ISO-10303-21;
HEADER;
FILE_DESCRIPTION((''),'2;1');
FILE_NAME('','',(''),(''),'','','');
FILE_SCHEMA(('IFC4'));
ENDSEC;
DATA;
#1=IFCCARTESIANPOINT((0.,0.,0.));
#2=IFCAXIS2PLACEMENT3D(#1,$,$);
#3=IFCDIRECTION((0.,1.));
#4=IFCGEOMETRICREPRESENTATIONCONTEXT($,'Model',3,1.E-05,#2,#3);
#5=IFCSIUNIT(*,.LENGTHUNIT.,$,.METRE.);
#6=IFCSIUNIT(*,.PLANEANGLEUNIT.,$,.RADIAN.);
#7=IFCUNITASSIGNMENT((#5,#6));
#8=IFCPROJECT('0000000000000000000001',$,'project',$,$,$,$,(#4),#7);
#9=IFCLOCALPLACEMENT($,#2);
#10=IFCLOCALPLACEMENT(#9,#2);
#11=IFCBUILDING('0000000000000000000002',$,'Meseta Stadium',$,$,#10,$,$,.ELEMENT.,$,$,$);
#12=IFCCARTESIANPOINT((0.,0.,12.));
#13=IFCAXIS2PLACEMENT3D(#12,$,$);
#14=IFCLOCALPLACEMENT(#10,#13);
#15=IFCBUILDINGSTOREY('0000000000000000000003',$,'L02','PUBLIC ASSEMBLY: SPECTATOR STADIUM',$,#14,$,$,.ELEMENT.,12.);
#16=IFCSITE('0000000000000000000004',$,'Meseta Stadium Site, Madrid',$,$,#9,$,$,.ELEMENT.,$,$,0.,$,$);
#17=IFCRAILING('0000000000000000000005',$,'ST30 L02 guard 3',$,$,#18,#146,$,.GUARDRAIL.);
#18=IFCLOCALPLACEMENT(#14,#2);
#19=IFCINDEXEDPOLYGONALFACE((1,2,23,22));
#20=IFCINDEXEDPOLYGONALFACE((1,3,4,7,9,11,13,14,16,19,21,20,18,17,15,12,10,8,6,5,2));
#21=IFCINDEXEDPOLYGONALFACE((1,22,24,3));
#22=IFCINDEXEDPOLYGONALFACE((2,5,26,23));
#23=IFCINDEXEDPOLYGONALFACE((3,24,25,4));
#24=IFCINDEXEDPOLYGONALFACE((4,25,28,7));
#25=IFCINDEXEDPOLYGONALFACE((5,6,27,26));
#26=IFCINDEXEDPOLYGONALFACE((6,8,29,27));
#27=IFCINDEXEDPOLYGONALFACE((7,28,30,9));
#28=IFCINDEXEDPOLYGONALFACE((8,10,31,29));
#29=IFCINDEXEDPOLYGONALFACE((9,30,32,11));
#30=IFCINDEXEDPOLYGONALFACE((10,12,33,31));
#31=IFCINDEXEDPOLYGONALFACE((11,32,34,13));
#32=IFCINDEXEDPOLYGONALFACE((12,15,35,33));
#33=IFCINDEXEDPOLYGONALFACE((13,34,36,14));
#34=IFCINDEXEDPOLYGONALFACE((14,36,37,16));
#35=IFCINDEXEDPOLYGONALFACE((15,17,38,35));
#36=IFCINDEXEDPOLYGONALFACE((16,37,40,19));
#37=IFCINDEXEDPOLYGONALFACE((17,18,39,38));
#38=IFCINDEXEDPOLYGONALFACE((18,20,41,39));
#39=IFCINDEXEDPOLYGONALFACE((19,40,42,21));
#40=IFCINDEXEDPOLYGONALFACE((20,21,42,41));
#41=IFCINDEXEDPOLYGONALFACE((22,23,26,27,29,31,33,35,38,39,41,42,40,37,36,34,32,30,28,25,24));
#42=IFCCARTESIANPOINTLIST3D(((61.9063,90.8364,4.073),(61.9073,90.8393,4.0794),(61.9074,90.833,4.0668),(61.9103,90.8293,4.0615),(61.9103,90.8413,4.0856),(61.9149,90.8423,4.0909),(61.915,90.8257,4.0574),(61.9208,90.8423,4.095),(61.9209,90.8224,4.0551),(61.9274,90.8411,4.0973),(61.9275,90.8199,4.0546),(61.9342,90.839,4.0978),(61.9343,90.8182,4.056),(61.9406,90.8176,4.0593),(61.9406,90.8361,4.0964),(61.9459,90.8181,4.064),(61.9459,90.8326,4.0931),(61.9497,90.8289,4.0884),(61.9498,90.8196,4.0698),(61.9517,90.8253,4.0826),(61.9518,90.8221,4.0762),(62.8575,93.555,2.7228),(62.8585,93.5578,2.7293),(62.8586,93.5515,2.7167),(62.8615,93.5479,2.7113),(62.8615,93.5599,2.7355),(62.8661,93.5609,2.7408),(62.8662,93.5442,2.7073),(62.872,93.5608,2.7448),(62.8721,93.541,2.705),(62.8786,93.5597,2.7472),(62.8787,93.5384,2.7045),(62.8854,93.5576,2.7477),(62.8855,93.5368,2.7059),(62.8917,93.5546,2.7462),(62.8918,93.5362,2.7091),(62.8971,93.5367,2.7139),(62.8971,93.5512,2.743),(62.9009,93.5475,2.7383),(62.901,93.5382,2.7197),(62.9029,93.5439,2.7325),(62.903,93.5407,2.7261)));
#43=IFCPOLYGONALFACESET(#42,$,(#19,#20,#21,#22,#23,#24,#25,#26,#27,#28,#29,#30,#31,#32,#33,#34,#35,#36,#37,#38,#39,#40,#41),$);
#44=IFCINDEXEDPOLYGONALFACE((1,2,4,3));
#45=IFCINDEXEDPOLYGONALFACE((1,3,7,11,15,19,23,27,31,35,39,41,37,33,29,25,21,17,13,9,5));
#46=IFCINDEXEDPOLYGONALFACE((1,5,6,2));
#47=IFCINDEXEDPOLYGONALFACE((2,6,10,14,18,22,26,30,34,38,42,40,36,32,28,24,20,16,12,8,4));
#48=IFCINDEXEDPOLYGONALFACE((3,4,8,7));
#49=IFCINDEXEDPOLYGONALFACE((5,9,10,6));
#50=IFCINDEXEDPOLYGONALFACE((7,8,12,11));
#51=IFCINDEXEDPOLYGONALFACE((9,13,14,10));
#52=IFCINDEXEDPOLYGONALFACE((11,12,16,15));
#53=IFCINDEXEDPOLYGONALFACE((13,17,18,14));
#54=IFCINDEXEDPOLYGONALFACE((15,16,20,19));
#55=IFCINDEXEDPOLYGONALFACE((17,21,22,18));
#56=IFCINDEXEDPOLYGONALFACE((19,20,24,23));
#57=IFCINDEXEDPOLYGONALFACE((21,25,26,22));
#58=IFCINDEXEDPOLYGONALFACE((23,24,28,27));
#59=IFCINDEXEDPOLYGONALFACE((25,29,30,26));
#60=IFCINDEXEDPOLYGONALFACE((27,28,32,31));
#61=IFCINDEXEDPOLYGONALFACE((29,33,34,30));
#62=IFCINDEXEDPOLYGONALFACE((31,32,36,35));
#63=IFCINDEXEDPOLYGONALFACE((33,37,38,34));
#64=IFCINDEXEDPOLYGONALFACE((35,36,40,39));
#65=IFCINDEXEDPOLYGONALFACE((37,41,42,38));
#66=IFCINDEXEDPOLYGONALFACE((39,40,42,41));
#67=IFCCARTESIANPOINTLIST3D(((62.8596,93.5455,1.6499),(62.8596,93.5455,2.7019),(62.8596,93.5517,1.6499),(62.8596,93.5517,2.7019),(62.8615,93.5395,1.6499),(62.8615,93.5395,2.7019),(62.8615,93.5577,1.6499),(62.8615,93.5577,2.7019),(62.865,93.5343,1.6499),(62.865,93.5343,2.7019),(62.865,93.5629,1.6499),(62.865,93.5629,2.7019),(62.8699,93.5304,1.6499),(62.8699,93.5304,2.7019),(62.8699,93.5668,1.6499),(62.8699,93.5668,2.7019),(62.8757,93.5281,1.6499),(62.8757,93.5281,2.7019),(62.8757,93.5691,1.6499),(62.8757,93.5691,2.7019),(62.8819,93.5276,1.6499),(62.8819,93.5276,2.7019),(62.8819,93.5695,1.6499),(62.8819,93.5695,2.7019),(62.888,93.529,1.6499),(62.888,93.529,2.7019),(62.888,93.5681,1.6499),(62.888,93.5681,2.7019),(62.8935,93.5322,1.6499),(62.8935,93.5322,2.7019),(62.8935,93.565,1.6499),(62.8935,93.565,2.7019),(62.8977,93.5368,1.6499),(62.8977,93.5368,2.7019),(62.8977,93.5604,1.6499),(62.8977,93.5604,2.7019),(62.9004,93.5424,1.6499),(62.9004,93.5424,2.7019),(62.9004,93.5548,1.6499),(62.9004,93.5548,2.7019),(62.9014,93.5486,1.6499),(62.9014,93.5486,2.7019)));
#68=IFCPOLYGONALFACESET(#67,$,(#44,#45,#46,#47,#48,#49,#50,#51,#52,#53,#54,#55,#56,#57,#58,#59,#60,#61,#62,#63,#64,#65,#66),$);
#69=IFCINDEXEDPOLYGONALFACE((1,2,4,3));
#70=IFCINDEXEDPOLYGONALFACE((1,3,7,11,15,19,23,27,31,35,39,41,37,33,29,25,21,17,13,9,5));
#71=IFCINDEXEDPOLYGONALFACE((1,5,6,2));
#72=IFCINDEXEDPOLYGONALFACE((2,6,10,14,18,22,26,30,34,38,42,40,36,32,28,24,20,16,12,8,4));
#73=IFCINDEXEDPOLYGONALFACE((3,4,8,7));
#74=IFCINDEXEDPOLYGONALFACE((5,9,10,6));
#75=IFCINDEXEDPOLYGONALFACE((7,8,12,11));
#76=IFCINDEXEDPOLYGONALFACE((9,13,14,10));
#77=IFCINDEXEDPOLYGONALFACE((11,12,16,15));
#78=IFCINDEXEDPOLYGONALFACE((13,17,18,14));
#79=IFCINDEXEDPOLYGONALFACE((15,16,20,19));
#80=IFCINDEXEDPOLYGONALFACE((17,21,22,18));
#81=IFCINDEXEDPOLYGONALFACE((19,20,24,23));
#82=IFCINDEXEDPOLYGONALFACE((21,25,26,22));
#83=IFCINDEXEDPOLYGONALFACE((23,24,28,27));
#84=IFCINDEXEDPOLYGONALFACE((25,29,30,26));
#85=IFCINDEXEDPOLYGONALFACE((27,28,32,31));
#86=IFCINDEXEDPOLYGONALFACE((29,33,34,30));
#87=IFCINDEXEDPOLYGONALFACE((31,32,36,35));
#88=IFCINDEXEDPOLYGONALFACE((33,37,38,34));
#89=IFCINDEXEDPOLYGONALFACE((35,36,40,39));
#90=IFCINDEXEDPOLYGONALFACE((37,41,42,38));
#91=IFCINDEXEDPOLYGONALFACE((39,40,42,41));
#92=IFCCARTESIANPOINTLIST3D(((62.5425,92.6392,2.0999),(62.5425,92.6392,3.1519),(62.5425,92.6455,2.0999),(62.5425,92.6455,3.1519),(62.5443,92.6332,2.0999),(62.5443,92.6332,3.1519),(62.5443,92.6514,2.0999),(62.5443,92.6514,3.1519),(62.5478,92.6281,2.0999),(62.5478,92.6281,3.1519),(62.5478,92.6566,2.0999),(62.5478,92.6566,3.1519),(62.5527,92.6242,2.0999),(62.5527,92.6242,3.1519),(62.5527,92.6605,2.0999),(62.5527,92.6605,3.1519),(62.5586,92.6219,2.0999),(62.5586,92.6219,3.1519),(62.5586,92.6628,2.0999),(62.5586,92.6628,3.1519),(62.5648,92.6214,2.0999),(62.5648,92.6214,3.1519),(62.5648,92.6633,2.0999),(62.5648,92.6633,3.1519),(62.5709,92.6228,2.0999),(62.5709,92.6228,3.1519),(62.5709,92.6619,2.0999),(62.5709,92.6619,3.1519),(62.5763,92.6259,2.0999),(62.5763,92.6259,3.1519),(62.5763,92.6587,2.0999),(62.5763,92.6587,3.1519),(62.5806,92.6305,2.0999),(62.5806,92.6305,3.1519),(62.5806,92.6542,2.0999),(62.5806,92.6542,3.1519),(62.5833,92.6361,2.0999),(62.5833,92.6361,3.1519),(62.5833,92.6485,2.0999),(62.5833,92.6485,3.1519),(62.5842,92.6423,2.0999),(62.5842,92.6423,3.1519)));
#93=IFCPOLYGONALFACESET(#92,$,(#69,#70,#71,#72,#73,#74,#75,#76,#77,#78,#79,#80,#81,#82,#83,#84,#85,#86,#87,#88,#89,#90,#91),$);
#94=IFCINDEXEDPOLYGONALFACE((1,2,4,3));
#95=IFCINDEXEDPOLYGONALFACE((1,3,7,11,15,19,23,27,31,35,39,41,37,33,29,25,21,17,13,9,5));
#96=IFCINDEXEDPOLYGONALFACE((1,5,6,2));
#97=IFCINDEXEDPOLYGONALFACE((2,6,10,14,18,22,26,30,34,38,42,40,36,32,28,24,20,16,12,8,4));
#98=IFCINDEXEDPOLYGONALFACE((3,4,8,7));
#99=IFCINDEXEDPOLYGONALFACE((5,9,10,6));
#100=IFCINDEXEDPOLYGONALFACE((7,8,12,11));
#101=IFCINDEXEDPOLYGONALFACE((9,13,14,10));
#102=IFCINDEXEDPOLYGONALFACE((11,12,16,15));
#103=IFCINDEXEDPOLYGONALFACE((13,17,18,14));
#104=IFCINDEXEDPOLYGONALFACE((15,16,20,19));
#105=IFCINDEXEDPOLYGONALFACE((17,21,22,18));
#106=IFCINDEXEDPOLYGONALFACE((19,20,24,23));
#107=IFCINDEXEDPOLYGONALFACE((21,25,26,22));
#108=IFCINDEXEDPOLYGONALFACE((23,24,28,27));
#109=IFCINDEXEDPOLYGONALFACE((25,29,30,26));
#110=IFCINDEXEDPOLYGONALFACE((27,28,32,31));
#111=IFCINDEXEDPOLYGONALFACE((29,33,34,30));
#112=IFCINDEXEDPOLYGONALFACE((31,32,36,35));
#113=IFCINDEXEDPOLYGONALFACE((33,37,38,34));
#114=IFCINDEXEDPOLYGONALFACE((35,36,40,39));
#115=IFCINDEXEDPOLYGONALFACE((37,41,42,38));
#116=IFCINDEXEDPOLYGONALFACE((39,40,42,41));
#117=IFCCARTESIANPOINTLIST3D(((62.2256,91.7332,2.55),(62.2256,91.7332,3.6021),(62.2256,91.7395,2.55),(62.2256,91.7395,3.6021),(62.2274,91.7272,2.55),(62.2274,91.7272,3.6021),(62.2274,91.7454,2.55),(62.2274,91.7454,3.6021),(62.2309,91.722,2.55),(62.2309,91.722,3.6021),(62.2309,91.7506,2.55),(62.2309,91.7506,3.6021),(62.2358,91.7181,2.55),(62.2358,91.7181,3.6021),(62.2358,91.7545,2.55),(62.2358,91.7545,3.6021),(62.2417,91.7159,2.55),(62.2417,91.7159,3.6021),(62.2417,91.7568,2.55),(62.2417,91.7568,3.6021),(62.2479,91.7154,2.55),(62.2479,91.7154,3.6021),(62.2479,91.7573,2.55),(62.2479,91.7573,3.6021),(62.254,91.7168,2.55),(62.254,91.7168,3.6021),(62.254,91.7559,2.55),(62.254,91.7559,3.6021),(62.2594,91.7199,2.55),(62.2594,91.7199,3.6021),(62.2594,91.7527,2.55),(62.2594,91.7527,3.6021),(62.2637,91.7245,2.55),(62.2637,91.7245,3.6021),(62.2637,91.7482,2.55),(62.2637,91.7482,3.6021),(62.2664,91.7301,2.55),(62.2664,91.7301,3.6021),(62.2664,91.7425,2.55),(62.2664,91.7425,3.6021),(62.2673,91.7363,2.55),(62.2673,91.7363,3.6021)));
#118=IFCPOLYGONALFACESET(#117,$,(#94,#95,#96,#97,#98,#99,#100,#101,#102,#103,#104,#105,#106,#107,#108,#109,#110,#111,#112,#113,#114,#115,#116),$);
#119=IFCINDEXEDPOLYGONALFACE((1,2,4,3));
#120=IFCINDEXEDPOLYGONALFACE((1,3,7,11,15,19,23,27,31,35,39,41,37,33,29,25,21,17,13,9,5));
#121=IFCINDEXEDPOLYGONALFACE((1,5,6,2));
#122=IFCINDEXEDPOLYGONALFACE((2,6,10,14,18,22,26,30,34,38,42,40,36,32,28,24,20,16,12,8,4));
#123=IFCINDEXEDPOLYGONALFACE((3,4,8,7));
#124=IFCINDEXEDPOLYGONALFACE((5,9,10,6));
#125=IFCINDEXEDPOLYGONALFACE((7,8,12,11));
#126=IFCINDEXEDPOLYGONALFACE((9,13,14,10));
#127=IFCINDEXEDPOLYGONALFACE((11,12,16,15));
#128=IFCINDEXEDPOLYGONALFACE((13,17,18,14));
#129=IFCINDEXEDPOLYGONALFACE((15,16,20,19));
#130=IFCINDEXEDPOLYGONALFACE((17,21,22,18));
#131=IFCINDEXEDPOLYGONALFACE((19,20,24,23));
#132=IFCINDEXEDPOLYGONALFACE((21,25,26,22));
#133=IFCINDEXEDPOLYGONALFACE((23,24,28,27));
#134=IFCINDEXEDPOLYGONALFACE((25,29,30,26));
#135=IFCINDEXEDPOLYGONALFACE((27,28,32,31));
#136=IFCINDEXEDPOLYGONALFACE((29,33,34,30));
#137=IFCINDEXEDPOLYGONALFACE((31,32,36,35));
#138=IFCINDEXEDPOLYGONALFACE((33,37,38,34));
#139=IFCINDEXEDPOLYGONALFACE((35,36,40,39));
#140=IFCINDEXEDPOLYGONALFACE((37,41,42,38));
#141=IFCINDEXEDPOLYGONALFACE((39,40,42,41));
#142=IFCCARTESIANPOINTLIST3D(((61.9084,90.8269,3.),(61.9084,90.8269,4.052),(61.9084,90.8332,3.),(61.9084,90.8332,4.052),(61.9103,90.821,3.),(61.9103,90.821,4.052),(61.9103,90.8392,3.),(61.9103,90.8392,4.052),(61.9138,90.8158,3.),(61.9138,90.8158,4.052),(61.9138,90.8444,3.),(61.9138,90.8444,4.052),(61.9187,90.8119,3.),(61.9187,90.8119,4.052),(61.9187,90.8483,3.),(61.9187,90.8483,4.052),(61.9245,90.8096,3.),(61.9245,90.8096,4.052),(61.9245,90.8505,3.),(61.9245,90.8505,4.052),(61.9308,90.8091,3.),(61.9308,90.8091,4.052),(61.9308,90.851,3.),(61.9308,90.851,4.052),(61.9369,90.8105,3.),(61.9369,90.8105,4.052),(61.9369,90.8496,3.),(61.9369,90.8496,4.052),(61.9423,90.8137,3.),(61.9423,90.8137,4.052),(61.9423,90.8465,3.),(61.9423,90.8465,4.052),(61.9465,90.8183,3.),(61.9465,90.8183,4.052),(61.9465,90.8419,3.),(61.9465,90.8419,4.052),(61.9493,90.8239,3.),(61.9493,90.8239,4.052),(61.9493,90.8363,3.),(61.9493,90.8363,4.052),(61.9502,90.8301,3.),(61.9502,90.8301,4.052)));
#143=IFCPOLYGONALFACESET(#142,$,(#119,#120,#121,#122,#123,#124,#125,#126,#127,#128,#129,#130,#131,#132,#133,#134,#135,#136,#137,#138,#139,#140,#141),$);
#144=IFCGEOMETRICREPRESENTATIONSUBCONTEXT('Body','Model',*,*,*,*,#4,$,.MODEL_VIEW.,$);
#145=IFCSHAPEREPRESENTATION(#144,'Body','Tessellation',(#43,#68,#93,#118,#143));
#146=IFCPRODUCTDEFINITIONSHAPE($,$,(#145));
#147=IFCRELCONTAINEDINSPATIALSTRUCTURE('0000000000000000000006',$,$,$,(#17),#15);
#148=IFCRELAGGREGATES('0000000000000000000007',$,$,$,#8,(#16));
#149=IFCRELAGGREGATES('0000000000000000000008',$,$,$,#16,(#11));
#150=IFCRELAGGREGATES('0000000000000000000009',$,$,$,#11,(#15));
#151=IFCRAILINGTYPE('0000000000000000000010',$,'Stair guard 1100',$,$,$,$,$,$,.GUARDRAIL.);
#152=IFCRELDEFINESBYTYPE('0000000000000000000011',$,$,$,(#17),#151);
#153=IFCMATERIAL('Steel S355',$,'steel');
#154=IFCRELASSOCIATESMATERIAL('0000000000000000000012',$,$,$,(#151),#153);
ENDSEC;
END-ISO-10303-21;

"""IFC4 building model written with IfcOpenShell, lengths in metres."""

from ifc_helpers import new_model, si_unit, direction, frame, origin, origin_2d, place, context, subcontext, project, spatial, circle, extrude, material, type_object, element, save


model = new_model("IFC4")

# Units and contexts
model_context = context("Model", 3, precision=1e-05, world=origin(), true_north=direction((0.0, 1.0)))
body_context = subcontext(model_context, "Body", "Model", "MODEL_VIEW")
ifc_project = project(units=[si_unit("LENGTHUNIT", "METRE"), si_unit("PLANEANGLEUNIT", "RADIAN")], contexts=[model_context])

# Site, building, storey
site_placement = place(None, origin())
site = spatial("IfcSite", under=ifc_project, at=site_placement, Name="Meseta Stadium Site, Madrid", CompositionType="ELEMENT", RefElevation=0.0)
building_placement = place(site_placement, origin())
building = spatial("IfcBuilding", under=site, at=building_placement, Name="Meseta Stadium", CompositionType="ELEMENT")
storey_placement = place(building_placement, frame((0.0, 0.0, 12.0)))
storey = spatial("IfcBuildingStorey", under=building, at=storey_placement, Name="L02", Description="PUBLIC ASSEMBLY: SPECTATOR STADIUM", CompositionType="ELEMENT", Elevation=12.0)

# Railing
ifc_material_1 = material(Name="Steel S355", Category="steel")
railing_type_1 = type_object("IfcRailingType", Name="Stair guard 1100", PredefinedType="GUARDRAIL", material=ifc_material_1)
railing_1_placement = place(storey_placement, frame((62.8804, 93.5486, 1.6499)))
element("IfcRailing", 1, at=railing_1_placement, inside=storey, type_object=railing_type_1, Name="ST30 L02 guard 3", PredefinedType="GUARDRAIL", context=body_context, shape_type="SweptSolid", body=[
    extrude(circle(Radius=0.0239, at=origin_2d()), frame((0.0, 0.0, 1.0762), z_axis=(-0.299031, -0.854649, 0.424446), x_axis=(0.943891, -0.330256, 0.0)), (0.0, 0.0, 1.0), 3.1809),
    extrude(circle(Radius=0.021, at=origin_2d()), origin(), (0.0, 0.0, 1.0), 1.052),
    extrude(circle(Radius=0.021, at=origin_2d()), frame((-0.3171, -0.9062, 0.45)), (0.0, 0.0, 1.0), 1.052),
    extrude(circle(Radius=0.021, at=origin_2d()), frame((-0.634, -1.8123, 0.9001)), (0.0, 0.0, 1.0), 1.052),
    extrude(circle(Radius=0.021, at=origin_2d()), frame((-0.9512, -2.7185, 1.3501)), (0.0, 0.0, 1.0), 1.052),
])

save(model, "model.ifc")
